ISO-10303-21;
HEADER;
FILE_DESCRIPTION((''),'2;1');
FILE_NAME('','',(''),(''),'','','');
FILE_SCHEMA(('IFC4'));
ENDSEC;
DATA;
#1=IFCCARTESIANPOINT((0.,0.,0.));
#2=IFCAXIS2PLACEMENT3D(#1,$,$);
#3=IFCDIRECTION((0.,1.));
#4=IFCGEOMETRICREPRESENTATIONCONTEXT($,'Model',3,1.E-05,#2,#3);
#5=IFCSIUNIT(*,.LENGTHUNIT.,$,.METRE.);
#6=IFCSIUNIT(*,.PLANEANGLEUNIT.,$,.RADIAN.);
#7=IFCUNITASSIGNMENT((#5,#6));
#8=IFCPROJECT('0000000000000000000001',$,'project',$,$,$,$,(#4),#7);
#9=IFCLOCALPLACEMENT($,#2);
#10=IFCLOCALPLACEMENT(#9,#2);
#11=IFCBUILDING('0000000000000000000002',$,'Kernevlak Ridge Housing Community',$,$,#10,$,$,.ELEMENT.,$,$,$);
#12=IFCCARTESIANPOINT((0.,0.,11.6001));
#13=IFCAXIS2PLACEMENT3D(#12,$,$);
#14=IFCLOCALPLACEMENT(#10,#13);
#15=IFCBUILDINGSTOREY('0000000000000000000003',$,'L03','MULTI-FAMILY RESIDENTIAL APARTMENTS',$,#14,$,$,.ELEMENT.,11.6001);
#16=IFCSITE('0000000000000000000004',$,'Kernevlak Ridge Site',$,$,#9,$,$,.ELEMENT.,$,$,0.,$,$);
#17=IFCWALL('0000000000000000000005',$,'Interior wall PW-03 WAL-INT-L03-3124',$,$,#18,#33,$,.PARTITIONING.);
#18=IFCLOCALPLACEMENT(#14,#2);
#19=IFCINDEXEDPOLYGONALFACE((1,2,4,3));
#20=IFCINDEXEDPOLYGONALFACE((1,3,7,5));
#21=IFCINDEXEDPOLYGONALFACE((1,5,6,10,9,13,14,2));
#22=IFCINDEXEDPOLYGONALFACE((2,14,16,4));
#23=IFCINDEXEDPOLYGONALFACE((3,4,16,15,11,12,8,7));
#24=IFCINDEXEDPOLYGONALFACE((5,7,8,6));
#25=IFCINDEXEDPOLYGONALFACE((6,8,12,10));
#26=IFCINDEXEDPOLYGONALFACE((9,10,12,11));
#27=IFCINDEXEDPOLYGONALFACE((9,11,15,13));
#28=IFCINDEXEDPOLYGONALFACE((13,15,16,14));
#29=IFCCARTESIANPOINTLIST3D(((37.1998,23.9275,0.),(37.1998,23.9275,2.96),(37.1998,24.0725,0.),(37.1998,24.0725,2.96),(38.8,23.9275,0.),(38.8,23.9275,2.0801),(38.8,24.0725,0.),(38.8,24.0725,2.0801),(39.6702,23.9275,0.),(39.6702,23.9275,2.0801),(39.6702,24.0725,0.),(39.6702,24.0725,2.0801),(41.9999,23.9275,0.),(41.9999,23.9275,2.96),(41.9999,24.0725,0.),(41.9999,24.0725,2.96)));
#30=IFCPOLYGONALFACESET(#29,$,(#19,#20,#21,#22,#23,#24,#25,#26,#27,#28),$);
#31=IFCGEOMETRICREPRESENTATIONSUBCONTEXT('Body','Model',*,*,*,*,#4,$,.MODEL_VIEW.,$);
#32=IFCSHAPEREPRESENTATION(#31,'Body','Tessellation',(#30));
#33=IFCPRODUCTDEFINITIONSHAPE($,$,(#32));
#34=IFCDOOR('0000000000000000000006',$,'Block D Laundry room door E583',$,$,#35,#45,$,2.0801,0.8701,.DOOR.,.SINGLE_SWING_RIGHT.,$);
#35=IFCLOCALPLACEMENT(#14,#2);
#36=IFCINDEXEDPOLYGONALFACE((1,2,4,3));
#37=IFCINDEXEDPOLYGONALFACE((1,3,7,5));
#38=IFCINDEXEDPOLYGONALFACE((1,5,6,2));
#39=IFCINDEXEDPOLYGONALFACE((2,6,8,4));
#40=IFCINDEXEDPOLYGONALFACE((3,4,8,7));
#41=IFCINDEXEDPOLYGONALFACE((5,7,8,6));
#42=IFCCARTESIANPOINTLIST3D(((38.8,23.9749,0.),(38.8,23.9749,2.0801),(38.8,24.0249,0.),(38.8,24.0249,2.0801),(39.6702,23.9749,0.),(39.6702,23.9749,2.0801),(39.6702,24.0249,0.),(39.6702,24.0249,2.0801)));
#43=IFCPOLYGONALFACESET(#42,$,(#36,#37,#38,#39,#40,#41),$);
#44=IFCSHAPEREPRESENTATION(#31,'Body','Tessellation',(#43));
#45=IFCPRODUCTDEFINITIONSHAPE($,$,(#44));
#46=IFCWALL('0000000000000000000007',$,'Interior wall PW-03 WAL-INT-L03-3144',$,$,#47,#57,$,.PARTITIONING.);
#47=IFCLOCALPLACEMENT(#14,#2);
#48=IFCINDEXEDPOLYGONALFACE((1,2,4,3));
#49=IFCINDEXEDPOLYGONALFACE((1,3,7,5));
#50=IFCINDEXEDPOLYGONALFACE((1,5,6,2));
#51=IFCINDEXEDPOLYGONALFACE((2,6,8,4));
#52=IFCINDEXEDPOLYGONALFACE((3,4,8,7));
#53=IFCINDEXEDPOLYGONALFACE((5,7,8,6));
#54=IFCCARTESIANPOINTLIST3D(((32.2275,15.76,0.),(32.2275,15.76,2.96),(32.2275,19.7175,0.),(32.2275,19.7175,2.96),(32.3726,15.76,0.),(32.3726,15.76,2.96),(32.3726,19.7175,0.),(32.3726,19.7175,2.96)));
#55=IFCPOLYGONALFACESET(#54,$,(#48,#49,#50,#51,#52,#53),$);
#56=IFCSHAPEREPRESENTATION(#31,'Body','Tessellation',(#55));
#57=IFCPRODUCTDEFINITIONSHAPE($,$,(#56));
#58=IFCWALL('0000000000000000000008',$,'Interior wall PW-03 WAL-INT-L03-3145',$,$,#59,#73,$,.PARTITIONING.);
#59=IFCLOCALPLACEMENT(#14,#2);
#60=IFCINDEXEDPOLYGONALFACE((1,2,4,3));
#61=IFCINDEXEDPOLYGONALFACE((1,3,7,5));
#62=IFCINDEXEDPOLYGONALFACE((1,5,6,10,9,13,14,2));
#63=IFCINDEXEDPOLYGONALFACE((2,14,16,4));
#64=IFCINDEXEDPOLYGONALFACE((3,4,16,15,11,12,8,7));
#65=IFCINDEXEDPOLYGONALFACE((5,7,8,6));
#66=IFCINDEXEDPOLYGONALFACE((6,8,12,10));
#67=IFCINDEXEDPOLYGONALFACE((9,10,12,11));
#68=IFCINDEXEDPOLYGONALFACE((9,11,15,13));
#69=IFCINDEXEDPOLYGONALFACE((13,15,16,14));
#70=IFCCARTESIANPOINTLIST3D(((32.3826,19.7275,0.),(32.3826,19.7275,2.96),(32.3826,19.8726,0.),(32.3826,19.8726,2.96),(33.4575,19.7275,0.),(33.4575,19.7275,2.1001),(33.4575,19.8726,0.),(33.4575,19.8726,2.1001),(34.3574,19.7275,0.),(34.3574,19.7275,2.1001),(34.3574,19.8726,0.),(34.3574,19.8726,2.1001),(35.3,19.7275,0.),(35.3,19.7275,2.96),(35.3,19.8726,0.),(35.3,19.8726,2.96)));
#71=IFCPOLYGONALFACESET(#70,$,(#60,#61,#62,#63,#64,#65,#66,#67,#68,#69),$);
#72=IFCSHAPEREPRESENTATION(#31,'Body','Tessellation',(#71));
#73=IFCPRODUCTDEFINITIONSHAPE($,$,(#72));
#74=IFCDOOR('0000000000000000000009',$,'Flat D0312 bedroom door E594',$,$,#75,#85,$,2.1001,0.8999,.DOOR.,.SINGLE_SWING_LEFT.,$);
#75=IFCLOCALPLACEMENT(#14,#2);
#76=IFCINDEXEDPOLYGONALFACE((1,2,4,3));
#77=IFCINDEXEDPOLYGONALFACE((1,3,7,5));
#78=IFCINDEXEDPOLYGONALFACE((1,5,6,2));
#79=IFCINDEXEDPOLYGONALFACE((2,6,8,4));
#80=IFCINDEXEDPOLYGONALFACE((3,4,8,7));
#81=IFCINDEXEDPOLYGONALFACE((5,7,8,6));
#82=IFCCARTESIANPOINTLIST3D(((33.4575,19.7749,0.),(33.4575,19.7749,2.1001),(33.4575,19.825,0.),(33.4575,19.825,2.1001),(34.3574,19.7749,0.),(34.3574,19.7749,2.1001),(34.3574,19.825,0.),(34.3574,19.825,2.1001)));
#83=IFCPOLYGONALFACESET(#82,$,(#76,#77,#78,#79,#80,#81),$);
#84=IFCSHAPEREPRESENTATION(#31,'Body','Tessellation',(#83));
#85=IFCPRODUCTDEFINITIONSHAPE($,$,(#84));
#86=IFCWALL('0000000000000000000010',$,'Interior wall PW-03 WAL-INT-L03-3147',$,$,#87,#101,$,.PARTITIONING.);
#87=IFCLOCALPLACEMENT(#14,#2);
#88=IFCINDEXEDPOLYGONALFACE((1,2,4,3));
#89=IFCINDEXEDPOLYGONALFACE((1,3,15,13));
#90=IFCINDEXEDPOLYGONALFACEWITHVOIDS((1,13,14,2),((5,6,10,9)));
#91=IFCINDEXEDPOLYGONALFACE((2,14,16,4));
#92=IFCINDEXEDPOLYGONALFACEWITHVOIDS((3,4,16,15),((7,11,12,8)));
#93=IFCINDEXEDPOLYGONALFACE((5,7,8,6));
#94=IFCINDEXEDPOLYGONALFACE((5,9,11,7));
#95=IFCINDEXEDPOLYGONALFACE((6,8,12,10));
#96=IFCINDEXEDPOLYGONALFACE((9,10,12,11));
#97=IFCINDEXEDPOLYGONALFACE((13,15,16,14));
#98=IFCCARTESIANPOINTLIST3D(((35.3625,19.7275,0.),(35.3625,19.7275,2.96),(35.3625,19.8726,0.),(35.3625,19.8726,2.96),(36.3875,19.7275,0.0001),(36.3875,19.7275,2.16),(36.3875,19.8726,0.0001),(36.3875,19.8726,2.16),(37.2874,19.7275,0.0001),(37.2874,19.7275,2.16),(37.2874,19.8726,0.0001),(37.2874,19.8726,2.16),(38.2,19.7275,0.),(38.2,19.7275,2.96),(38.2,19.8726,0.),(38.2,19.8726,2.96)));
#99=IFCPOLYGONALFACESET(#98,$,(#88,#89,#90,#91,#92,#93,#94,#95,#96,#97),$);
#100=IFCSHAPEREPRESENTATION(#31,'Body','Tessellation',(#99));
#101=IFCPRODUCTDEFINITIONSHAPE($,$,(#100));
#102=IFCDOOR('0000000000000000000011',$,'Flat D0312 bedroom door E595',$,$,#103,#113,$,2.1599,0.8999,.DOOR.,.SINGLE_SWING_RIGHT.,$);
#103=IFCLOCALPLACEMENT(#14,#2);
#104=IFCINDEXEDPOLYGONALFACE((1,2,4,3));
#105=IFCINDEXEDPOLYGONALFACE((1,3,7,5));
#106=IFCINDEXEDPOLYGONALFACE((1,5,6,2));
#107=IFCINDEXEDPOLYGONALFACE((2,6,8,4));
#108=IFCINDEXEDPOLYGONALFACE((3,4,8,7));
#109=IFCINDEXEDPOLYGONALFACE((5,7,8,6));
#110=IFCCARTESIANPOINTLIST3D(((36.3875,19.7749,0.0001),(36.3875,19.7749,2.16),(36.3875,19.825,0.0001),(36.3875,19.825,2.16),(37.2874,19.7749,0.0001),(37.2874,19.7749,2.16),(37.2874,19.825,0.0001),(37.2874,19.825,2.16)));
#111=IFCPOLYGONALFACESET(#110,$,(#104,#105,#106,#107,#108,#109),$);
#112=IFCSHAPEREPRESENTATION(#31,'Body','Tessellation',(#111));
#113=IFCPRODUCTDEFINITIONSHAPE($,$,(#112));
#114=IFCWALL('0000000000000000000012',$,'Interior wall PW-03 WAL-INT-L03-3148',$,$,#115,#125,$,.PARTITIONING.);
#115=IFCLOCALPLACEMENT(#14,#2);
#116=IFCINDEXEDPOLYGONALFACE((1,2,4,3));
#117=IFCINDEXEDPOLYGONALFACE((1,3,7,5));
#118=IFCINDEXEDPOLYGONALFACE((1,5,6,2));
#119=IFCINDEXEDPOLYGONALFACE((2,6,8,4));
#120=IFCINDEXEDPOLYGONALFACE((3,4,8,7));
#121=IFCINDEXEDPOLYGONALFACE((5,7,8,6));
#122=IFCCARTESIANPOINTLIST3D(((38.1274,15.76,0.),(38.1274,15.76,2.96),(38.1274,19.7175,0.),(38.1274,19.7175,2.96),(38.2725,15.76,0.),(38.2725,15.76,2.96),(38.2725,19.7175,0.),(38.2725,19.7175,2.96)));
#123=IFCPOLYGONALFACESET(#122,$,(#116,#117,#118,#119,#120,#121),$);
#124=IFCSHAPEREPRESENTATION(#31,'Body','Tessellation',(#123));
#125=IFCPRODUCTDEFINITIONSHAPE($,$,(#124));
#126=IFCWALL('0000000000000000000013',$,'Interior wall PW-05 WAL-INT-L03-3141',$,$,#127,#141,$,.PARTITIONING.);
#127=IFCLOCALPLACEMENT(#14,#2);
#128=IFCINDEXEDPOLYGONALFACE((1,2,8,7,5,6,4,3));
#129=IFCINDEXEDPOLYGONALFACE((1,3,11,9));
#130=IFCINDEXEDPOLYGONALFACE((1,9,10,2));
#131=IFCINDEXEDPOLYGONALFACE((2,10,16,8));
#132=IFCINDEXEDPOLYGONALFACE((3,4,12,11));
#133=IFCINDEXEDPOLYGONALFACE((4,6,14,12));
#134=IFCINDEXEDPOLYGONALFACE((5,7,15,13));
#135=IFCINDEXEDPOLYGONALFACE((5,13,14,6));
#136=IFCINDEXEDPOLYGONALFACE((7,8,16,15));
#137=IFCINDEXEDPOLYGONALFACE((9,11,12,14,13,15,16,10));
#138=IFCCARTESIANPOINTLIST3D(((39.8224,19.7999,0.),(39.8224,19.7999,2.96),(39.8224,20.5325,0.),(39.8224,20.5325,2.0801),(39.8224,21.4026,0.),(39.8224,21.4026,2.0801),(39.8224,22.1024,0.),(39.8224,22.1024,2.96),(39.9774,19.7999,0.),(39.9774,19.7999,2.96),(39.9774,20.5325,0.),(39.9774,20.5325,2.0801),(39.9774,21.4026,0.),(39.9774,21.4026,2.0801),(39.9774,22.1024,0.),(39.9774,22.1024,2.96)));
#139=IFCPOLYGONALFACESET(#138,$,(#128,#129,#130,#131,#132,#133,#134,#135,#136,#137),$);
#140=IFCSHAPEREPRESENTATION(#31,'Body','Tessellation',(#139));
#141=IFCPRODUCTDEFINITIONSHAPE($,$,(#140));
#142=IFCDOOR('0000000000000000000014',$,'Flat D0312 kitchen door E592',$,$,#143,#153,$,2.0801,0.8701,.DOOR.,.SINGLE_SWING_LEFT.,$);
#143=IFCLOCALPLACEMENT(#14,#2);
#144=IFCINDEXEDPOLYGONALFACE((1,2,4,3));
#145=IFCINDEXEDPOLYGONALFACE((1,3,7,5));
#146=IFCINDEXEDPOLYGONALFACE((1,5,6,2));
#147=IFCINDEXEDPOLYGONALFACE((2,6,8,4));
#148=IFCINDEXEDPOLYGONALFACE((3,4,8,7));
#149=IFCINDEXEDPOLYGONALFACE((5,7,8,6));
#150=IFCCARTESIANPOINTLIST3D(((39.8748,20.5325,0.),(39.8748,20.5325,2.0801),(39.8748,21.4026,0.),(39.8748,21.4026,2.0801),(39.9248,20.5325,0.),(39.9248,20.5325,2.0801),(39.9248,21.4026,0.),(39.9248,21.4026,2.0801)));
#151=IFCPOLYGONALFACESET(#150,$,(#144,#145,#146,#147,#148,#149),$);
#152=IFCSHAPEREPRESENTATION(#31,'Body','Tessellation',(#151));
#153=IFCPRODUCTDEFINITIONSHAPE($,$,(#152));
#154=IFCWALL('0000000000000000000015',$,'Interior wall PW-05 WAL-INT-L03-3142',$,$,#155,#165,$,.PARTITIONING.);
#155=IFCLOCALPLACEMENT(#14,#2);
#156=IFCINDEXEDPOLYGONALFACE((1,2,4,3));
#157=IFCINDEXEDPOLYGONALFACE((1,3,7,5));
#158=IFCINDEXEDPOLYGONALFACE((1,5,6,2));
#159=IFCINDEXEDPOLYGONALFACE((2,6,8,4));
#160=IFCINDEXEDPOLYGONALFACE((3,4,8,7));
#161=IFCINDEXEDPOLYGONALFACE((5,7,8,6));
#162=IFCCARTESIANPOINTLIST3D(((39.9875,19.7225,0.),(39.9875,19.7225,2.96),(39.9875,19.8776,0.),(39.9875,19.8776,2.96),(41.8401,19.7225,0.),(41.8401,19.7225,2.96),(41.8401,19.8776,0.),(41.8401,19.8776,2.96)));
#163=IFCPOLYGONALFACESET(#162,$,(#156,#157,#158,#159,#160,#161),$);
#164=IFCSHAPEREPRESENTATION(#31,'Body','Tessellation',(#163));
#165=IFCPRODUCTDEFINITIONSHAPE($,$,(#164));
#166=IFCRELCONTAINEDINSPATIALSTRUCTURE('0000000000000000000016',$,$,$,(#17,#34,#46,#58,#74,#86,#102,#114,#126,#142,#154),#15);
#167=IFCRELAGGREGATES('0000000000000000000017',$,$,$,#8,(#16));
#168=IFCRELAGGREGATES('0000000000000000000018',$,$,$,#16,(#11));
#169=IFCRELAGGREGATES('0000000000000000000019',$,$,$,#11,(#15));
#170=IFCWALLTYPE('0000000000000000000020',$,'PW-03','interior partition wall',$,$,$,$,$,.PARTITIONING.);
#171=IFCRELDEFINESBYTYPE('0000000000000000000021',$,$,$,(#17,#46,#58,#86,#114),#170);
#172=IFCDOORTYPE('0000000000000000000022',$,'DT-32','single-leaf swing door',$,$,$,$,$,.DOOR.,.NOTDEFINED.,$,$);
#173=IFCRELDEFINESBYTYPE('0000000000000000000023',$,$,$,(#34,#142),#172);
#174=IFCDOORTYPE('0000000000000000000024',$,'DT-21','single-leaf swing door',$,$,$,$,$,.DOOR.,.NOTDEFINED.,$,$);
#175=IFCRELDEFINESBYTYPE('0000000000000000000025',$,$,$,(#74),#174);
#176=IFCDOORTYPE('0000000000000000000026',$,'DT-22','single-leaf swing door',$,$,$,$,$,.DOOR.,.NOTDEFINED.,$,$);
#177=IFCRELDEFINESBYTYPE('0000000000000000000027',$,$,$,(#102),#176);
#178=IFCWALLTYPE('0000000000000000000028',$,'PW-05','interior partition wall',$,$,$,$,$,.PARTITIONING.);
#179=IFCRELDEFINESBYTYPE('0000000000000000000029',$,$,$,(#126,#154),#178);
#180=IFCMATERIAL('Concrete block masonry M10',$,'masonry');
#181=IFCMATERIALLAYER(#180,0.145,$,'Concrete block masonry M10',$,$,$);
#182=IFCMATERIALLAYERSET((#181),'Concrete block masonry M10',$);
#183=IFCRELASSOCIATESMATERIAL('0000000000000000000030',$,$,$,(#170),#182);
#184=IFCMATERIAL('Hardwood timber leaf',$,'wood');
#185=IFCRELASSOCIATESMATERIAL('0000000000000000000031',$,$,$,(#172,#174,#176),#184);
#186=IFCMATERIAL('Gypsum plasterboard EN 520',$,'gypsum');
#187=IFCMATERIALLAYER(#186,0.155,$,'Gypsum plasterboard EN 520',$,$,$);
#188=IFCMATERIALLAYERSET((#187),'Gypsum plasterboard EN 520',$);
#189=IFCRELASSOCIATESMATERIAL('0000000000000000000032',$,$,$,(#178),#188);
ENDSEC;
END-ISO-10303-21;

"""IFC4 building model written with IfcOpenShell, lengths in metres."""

from ifc_helpers import new_model, si_unit, direction, frame, frame_2d, origin, place, context, subcontext, project, spatial, rectangle, extrude, material, layer, layer_set, type_object, element, fill, save


model = new_model("IFC4")

# Units and contexts
model_context = context("Model", 3, precision=1e-05, world=origin(), true_north=direction((0.0, 1.0)))
body_context = subcontext(model_context, "Body", "Model", "MODEL_VIEW")
ifc_project = project(units=[si_unit("LENGTHUNIT", "METRE"), si_unit("PLANEANGLEUNIT", "RADIAN")], contexts=[model_context])

# Site, building, storey
site_placement = place(None, origin())
site = spatial("IfcSite", under=ifc_project, at=site_placement, Name="Kernevlak Ridge Site", CompositionType="ELEMENT", RefElevation=0.0)
building_placement = place(site_placement, origin())
building = spatial("IfcBuilding", under=site, at=building_placement, Name="Kernevlak Ridge Housing Community", CompositionType="ELEMENT")
storey_placement = place(building_placement, frame((0.0, 0.0, 11.6001)))
storey = spatial("IfcBuildingStorey", under=building, at=storey_placement, Name="L03", Description="MULTI-FAMILY RESIDENTIAL APARTMENTS", CompositionType="ELEMENT", Elevation=11.6001)

# Shared definitions
ifc_material_1 = material(Name="Concrete block masonry M10", Category="masonry")

# Wall, opening, door
ifc_layer_1 = layer(ifc_material_1, 0.145, Name="Concrete block masonry M10")
ifc_layer_set_1 = layer_set([ifc_layer_1], Name="Concrete block masonry M10")
wall_type_1 = type_object("IfcWallType", Name="PW-03", Description="interior partition wall", PredefinedType="PARTITIONING", material=ifc_layer_set_1)
wall_1_placement = place(storey_placement, frame((37.2, 24.0, 0.0), z_axis=(0.0, 0.0, 1.0), x_axis=(1.0, 0.0, 0.0)))
wall_1 = element("IfcWall", 1, at=wall_1_placement, inside=storey, type_object=wall_type_1, Name="Interior wall PW-03 WAL-INT-L03-3124", PredefinedType="PARTITIONING", context=body_context, shape_type="SweptSolid", body=[
    extrude(rectangle(XDim=4.8, YDim=0.145, at=frame_2d((2.3999, 0.0))), origin(), (0.0, 0.0, 1.0), 2.96),
])
opening_1_placement = place(wall_1_placement, frame((1.6001, 0.0, 0.0)))
opening_1 = element("IfcOpeningElement", 2, at=opening_1_placement, cuts=wall_1, PredefinedType="OPENING", context=body_context, shape_type="SweptSolid", body=[
    extrude(rectangle(XDim=0.8701, YDim=2.0801, at=frame_2d((0.4351, 1.04))), frame((0.0, 0.0825, 0.0), z_axis=(0.0, -1.0, 0.0), x_axis=(1.0, 0.0, 0.0)), (0.0, 0.0, 1.0), 0.165),
])
ifc_material_2 = material(Name="Hardwood timber leaf", Category="wood")
door_type_1 = type_object("IfcDoorType", Name="DT-32", Description="single-leaf swing door", OperationType="NOTDEFINED", PredefinedType="DOOR", material=ifc_material_2)
door_1_placement = place(opening_1_placement, origin())
door_1 = element("IfcDoor", 3, at=door_1_placement, inside=storey, type_object=door_type_1, Name="Block D Laundry room door E583", OperationType="SINGLE_SWING_RIGHT", OverallHeight=2.0801, OverallWidth=0.8701, PredefinedType="DOOR", context=body_context, shape_type="SweptSolid", body=[
    extrude(rectangle(XDim=0.8701, YDim=2.0801, at=frame_2d((0.4351, 1.04))), frame((0.0, 0.0249, 0.0), z_axis=(0.0, -1.0, 0.0), x_axis=(1.0, 0.0, 0.0)), (0.0, 0.0, 1.0), 0.05),
])
fill(opening_1, door_1)

# Wall
wall_2_placement = place(storey_placement, frame((32.3, 19.7175, 0.0), z_axis=(0.0, 0.0, 1.0), x_axis=(0.0, -1.0, 0.0)))
element("IfcWall", 4, at=wall_2_placement, inside=storey, type_object=wall_type_1, Name="Interior wall PW-03 WAL-INT-L03-3144", PredefinedType="PARTITIONING", context=body_context, shape_type="SweptSolid", body=[
    extrude(rectangle(XDim=3.9575, YDim=0.145, at=frame_2d((1.9788, 0.0))), origin(), (0.0, 0.0, 1.0), 2.96),
])

# Walls, openings, doors
wall_3_placement = place(storey_placement, frame((32.3826, 19.8, 0.0), z_axis=(0.0, 0.0, 1.0), x_axis=(1.0, 0.0, 0.0)))
wall_3 = element("IfcWall", 5, at=wall_3_placement, inside=storey, type_object=wall_type_1, Name="Interior wall PW-03 WAL-INT-L03-3145", PredefinedType="PARTITIONING", context=body_context, shape_type="SweptSolid", body=[
    extrude(rectangle(XDim=2.9175, YDim=0.145, at=frame_2d((1.4587, 0.0))), origin(), (0.0, 0.0, 1.0), 2.96),
])
opening_2_placement = place(wall_3_placement, frame((1.075, 0.0, 0.0)))
opening_2 = element("IfcOpeningElement", 6, at=opening_2_placement, cuts=wall_3, PredefinedType="OPENING", context=body_context, shape_type="SweptSolid", body=[
    extrude(rectangle(XDim=0.8999, YDim=2.1001, at=frame_2d((0.45, 1.05))), frame((0.0, 0.0825, 0.0), z_axis=(0.0, -1.0, 0.0), x_axis=(1.0, 0.0, 0.0)), (0.0, 0.0, 1.0), 0.165),
])
door_type_2 = type_object("IfcDoorType", Name="DT-21", Description="single-leaf swing door", OperationType="NOTDEFINED", PredefinedType="DOOR", material=ifc_material_2)
door_2_placement = place(opening_2_placement, origin())
door_2 = element("IfcDoor", 7, at=door_2_placement, inside=storey, type_object=door_type_2, Name="Flat D0312 bedroom door E594", OperationType="SINGLE_SWING_LEFT", OverallHeight=2.1001, OverallWidth=0.8999, PredefinedType="DOOR", context=body_context, shape_type="SweptSolid", body=[
    extrude(rectangle(XDim=0.8999, YDim=2.1001, at=frame_2d((0.45, 1.05))), frame((0.0, 0.0249, 0.0), z_axis=(0.0, -1.0, 0.0), x_axis=(1.0, 0.0, 0.0)), (0.0, 0.0, 1.0), 0.05),
])
fill(opening_2, door_2)
wall_4_placement = place(storey_placement, frame((35.3625, 19.8, 0.0), z_axis=(0.0, 0.0, 1.0), x_axis=(1.0, 0.0, 0.0)))
wall_4 = element("IfcWall", 8, at=wall_4_placement, inside=storey, type_object=wall_type_1, Name="Interior wall PW-03 WAL-INT-L03-3147", PredefinedType="PARTITIONING", context=body_context, shape_type="SweptSolid", body=[
    extrude(rectangle(XDim=2.8374, YDim=0.145, at=frame_2d((1.4187, 0.0))), origin(), (0.0, 0.0, 1.0), 2.96),
])
opening_3_placement = place(wall_4_placement, frame((1.0249, 0.0, 0.0)))
opening_3 = element("IfcOpeningElement", 9, at=opening_3_placement, cuts=wall_4, PredefinedType="OPENING", context=body_context, shape_type="SweptSolid", body=[
    extrude(rectangle(XDim=0.8999, YDim=2.1599, at=frame_2d((0.45, 1.0801))), frame((0.0, 0.0825, 0.0), z_axis=(0.0, -1.0, 0.0), x_axis=(1.0, 0.0, 0.0)), (0.0, 0.0, 1.0), 0.165),
])
door_type_3 = type_object("IfcDoorType", Name="DT-22", Description="single-leaf swing door", OperationType="NOTDEFINED", PredefinedType="DOOR", material=ifc_material_2)
door_3_placement = place(opening_3_placement, origin())
door_3 = element("IfcDoor", 10, at=door_3_placement, inside=storey, type_object=door_type_3, Name="Flat D0312 bedroom door E595", OperationType="SINGLE_SWING_RIGHT", OverallHeight=2.1599, OverallWidth=0.8999, PredefinedType="DOOR", context=body_context, shape_type="SweptSolid", body=[
    extrude(rectangle(XDim=0.8999, YDim=2.1599, at=frame_2d((0.45, 1.0801))), frame((0.0, 0.0249, 0.0), z_axis=(0.0, -1.0, 0.0), x_axis=(1.0, 0.0, 0.0)), (0.0, 0.0, 1.0), 0.05),
])
fill(opening_3, door_3)

# Wall
wall_5_placement = place(storey_placement, frame((38.2, 19.7175, 0.0), z_axis=(0.0, 0.0, 1.0), x_axis=(0.0, -1.0, 0.0)))
element("IfcWall", 11, at=wall_5_placement, inside=storey, type_object=wall_type_1, Name="Interior wall PW-03 WAL-INT-L03-3148", PredefinedType="PARTITIONING", context=body_context, shape_type="SweptSolid", body=[
    extrude(rectangle(XDim=3.9575, YDim=0.145, at=frame_2d((1.9788, 0.0))), origin(), (0.0, 0.0, 1.0), 2.96),
])

# Wall, opening, door
ifc_material_3 = material(Name="Gypsum plasterboard EN 520", Category="gypsum")
ifc_layer_2 = layer(ifc_material_3, 0.155, Name="Gypsum plasterboard EN 520")
ifc_layer_set_2 = layer_set([ifc_layer_2], Name="Gypsum plasterboard EN 520")
wall_type_2 = type_object("IfcWallType", Name="PW-05", Description="interior partition wall", PredefinedType="PARTITIONING", material=ifc_layer_set_2)
wall_6_placement = place(storey_placement, frame((39.8999, 22.1025, 0.0), z_axis=(0.0, 0.0, 1.0), x_axis=(0.0, -1.0, 0.0)))
wall_6 = element("IfcWall", 12, at=wall_6_placement, inside=storey, type_object=wall_type_2, Name="Interior wall PW-05 WAL-INT-L03-3141", PredefinedType="PARTITIONING", context=body_context, shape_type="SweptSolid", body=[
    extrude(rectangle(XDim=2.3025, YDim=0.155, at=frame_2d((1.1514, 0.0))), origin(), (0.0, 0.0, 1.0), 2.96),
])
opening_4_placement = place(wall_6_placement, frame((0.7, 0.0, 0.0)))
opening_4 = element("IfcOpeningElement", 13, at=opening_4_placement, cuts=wall_6, PredefinedType="OPENING", context=body_context, shape_type="SweptSolid", body=[
    extrude(rectangle(XDim=0.8701, YDim=2.0801, at=frame_2d((0.4351, 1.04))), frame((0.0, 0.0874, 0.0), z_axis=(0.0, -1.0, 0.0), x_axis=(1.0, 0.0, 0.0)), (0.0, 0.0, 1.0), 0.175),
])
door_4_placement = place(opening_4_placement, origin())
door_4 = element("IfcDoor", 14, at=door_4_placement, inside=storey, type_object=door_type_1, Name="Flat D0312 kitchen door E592", OperationType="SINGLE_SWING_LEFT", OverallHeight=2.0801, OverallWidth=0.8701, PredefinedType="DOOR", context=body_context, shape_type="SweptSolid", body=[
    extrude(rectangle(XDim=0.8701, YDim=2.0801, at=frame_2d((0.4351, 1.04))), frame((0.0, 0.0249, 0.0), z_axis=(0.0, -1.0, 0.0), x_axis=(1.0, 0.0, 0.0)), (0.0, 0.0, 1.0), 0.05),
])
fill(opening_4, door_4)

# Wall
wall_7_placement = place(storey_placement, frame((39.9875, 19.8, 0.0), z_axis=(0.0, 0.0, 1.0), x_axis=(1.0, 0.0, 0.0)))
element("IfcWall", 15, at=wall_7_placement, inside=storey, type_object=wall_type_2, Name="Interior wall PW-05 WAL-INT-L03-3142", PredefinedType="PARTITIONING", context=body_context, shape_type="SweptSolid", body=[
    extrude(rectangle(XDim=1.8525, YDim=0.155, at=frame_2d((0.9263, 0.0))), origin(), (0.0, 0.0, 1.0), 2.96),
])

save(model, "model.ifc")
